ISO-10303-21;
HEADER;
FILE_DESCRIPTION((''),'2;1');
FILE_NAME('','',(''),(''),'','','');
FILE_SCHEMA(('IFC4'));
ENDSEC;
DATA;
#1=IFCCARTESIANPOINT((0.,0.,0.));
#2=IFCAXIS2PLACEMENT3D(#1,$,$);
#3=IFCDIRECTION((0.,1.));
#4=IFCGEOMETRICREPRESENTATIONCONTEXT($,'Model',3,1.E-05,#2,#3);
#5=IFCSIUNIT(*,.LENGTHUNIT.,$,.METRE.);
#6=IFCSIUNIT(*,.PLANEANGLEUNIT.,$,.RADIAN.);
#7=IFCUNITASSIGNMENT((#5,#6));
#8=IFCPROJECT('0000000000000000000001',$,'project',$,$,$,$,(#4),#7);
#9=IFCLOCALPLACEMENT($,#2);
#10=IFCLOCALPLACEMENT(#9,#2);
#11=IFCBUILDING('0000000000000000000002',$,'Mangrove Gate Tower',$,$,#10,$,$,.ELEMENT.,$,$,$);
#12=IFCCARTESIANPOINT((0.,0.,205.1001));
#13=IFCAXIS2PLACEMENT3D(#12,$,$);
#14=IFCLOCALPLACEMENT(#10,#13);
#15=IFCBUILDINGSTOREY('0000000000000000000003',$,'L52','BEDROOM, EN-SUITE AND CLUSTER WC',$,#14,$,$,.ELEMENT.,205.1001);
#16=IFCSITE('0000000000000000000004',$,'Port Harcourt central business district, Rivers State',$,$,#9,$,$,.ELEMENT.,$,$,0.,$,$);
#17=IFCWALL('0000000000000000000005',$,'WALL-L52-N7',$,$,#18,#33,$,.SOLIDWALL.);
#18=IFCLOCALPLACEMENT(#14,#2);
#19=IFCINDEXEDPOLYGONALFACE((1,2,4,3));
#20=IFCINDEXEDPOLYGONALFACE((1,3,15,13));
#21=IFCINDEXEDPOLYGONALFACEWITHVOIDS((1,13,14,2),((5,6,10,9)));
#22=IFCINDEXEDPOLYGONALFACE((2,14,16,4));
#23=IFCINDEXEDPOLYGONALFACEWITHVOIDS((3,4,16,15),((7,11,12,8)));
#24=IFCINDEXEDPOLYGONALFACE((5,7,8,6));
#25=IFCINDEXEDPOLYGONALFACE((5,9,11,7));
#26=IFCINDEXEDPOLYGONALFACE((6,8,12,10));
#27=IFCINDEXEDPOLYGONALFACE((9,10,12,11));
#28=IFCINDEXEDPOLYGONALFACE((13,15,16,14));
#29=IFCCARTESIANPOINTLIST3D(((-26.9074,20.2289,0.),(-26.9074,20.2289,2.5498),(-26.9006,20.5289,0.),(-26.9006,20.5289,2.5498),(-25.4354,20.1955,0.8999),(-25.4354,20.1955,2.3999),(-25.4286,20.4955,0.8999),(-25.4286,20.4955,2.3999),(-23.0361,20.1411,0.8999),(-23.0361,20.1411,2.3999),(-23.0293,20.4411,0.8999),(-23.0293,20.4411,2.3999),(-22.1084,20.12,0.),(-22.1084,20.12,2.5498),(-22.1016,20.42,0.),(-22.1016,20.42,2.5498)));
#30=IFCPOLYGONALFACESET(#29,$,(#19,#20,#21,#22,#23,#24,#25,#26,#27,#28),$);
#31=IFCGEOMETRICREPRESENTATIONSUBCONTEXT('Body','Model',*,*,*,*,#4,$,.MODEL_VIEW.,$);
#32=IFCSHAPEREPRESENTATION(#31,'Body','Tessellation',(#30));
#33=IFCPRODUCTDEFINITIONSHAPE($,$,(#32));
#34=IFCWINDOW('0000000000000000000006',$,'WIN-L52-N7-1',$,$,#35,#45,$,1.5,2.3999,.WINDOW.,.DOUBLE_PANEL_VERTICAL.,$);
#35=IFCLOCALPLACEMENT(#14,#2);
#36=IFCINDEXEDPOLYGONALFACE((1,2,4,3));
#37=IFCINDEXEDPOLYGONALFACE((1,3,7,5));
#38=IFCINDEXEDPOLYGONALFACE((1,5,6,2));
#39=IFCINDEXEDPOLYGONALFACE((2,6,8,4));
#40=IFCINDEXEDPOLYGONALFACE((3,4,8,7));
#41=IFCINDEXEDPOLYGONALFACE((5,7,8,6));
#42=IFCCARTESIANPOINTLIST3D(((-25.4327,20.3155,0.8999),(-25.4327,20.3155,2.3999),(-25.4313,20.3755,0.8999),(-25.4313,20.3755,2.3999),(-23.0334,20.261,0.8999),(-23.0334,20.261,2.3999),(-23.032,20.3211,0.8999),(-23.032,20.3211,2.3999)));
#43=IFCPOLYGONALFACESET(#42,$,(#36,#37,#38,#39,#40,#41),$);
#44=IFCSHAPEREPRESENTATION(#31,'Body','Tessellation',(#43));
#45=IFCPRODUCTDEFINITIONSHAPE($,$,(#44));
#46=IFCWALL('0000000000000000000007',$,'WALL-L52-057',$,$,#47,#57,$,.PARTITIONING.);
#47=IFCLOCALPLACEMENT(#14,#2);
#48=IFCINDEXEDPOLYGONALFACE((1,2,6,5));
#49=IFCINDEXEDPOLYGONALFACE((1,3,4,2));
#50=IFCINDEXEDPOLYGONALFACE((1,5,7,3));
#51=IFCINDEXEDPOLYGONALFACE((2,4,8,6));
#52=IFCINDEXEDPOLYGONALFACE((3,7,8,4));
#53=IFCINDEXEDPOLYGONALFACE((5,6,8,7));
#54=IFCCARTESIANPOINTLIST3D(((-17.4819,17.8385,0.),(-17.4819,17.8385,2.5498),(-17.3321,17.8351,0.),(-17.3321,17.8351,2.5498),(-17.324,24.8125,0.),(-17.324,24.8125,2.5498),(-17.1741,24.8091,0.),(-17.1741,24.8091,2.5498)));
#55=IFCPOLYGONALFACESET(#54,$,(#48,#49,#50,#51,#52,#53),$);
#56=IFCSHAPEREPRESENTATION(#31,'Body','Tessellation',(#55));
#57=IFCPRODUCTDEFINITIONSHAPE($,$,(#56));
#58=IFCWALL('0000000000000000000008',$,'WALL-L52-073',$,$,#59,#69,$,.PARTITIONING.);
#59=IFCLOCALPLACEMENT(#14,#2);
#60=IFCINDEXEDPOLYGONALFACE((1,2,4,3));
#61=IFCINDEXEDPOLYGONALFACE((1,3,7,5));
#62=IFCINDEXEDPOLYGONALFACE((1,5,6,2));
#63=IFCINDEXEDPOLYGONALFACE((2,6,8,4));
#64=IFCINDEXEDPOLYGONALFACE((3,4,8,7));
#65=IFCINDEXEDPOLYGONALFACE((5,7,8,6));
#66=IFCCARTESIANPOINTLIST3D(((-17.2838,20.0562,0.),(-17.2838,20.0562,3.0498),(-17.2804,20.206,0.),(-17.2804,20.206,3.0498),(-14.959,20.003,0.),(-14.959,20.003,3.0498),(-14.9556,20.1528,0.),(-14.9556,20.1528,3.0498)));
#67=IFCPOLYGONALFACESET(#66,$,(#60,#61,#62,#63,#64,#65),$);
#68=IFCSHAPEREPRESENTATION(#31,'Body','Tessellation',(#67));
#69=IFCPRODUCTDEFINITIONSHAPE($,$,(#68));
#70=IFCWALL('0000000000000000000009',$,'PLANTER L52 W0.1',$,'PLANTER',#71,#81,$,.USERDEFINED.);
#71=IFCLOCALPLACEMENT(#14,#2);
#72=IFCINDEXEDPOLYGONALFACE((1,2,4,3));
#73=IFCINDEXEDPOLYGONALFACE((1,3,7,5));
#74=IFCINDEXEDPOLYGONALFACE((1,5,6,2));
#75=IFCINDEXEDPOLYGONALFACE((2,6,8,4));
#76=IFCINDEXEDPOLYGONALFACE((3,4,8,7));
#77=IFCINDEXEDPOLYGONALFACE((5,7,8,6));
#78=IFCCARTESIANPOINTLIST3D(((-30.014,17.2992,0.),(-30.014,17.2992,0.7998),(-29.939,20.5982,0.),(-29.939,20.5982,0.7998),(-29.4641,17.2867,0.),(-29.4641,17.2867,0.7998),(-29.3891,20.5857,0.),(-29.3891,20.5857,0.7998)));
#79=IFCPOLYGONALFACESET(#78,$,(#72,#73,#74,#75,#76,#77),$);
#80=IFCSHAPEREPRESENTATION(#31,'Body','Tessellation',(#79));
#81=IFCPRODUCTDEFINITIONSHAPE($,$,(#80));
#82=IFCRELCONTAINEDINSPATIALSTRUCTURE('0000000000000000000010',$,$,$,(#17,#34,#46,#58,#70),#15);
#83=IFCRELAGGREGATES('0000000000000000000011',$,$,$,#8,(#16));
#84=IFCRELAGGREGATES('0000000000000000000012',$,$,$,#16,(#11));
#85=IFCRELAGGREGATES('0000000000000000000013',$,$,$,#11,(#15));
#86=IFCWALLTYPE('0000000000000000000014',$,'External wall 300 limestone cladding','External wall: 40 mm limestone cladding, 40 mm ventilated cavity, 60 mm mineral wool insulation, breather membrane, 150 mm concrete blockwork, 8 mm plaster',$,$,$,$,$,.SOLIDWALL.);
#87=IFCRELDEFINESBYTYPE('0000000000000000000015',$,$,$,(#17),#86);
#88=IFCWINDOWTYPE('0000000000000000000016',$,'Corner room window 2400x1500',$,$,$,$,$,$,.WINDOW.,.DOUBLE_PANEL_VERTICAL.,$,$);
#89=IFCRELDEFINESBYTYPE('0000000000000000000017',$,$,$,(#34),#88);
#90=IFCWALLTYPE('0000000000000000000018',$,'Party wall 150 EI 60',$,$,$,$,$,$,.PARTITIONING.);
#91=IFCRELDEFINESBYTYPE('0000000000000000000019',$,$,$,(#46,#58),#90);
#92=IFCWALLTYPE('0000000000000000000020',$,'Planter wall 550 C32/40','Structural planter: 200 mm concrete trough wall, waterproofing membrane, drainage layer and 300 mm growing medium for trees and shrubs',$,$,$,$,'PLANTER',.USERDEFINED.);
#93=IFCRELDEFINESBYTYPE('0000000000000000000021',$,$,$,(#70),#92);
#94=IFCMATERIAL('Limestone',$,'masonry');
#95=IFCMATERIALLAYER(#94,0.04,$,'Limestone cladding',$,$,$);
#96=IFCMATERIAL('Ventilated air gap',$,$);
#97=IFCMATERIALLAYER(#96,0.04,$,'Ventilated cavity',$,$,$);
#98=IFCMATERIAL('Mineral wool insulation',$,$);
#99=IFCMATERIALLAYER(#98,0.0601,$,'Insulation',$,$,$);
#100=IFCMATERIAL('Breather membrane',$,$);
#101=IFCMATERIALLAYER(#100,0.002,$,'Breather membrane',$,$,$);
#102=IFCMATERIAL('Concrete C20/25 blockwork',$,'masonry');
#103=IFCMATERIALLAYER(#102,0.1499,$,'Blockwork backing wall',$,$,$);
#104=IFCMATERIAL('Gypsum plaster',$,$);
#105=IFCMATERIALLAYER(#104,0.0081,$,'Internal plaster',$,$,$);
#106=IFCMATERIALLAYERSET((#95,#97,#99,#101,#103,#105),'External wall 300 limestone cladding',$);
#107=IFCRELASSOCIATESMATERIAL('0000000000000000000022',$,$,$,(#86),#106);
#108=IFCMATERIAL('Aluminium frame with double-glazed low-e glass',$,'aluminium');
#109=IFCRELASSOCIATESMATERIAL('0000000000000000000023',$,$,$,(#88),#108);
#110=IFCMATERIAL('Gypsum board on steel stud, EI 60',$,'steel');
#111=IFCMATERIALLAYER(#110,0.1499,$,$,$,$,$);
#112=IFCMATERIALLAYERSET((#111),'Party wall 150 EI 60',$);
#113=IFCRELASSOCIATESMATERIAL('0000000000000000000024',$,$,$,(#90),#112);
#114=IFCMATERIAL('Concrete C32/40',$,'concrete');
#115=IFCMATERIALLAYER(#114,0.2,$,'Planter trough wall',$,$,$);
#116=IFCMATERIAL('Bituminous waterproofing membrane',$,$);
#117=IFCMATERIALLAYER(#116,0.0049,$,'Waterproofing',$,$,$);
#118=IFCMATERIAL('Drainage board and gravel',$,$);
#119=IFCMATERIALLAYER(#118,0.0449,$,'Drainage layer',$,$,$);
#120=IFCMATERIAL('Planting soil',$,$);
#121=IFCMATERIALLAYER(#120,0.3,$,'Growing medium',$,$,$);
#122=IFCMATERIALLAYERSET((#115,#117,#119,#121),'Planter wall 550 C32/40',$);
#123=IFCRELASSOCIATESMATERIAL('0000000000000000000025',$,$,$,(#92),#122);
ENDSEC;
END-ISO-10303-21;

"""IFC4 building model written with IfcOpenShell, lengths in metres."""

from ifc_helpers import new_model, si_unit, direction, frame, frame_2d, origin, place, context, subcontext, project, spatial, rectangle, extrude, material, layer, layer_set, type_object, element, fill, save


model = new_model("IFC4")

# Units and contexts
model_context = context("Model", 3, precision=1e-05, world=origin(), true_north=direction((0.0, 1.0)))
body_context = subcontext(model_context, "Body", "Model", "MODEL_VIEW")
ifc_project = project(units=[si_unit("LENGTHUNIT", "METRE"), si_unit("PLANEANGLEUNIT", "RADIAN")], contexts=[model_context])

# Site, building, storey
site_placement = place(None, origin())
site = spatial("IfcSite", under=ifc_project, at=site_placement, Name="Port Harcourt central business district, Rivers State", CompositionType="ELEMENT", RefElevation=0.0)
building_placement = place(site_placement, origin())
building = spatial("IfcBuilding", under=site, at=building_placement, Name="Mangrove Gate Tower", CompositionType="ELEMENT")
storey_placement = place(building_placement, frame((0.0, 0.0, 205.1001)))
storey = spatial("IfcBuildingStorey", under=building, at=storey_placement, Name="L52", Description="BEDROOM, EN-SUITE AND CLUSTER WC", CompositionType="ELEMENT", Elevation=205.1001)

# Wall, opening, window
ifc_material_1 = material(Name="Limestone", Category="masonry")
ifc_layer_1 = layer(ifc_material_1, 0.04, Name="Limestone cladding")
ifc_material_2 = material(Name="Ventilated air gap")
ifc_layer_2 = layer(ifc_material_2, 0.04, Name="Ventilated cavity")
ifc_material_3 = material(Name="Mineral wool insulation")
ifc_layer_3 = layer(ifc_material_3, 0.0601, Name="Insulation")
ifc_material_4 = material(Name="Breather membrane")
ifc_layer_4 = layer(ifc_material_4, 0.002, Name="Breather membrane")
ifc_material_5 = material(Name="Concrete C20/25 blockwork", Category="masonry")
ifc_layer_5 = layer(ifc_material_5, 0.1499, Name="Blockwork backing wall")
ifc_material_6 = material(Name="Gypsum plaster")
ifc_layer_6 = layer(ifc_material_6, 0.0081, Name="Internal plaster")
ifc_layer_set_1 = layer_set([ifc_layer_1, ifc_layer_2, ifc_layer_3, ifc_layer_4, ifc_layer_5, ifc_layer_6], Name="External wall 300 limestone cladding")
wall_type_1 = type_object("IfcWallType", Name="External wall 300 limestone cladding", Description="External wall: 40 mm limestone cladding, 40 mm ventilated cavity, 60 mm mineral wool insulation, breather membrane, 150 mm concrete blockwork, 8 mm plaster", PredefinedType="SOLIDWALL", material=ifc_layer_set_1)
ifc_material_7 = material(Name="Aluminium frame with double-glazed low-e glass", Category="aluminium")
window_type = type_object("IfcWindowType", Name="Corner room window 2400x1500", PartitioningType="DOUBLE_PANEL_VERTICAL", PredefinedType="WINDOW", material=ifc_material_7)
wall_1_placement = place(storey_placement, frame((-22.105, 20.27, 0.0), z_axis=(0.0, 0.0, 1.0), x_axis=(-0.999743, 0.022683, 0.0)))
wall_1 = element("IfcWall", 1, at=wall_1_placement, inside=storey, type_object=wall_type_1, Name="WALL-L52-N7", PredefinedType="SOLIDWALL", context=body_context, shape_type="SweptSolid", body=[
    extrude(rectangle(XDim=4.8003, YDim=0.3, at=frame_2d((2.4001, 0.0))), origin(), (0.0, 0.0, 1.0), 2.5498),
])
opening_1_placement = place(wall_1_placement, frame((0.928, 0.0, 0.8999)))
opening_1 = element("IfcOpeningElement", 2, at=opening_1_placement, cuts=wall_1, PredefinedType="OPENING", context=body_context, shape_type="SweptSolid", body=[
    extrude(rectangle(XDim=2.3999, YDim=1.5, at=frame_2d((1.2, 0.75))), frame((0.0, 0.1599, 0.0), z_axis=(0.0, -1.0, 0.0), x_axis=(1.0, 0.0, 0.0)), (0.0, 0.0, 1.0), 0.3201),
])
window_1_placement = place(opening_1_placement, origin())
window_1 = element("IfcWindow", 3, at=window_1_placement, inside=storey, type_object=window_type, Name="WIN-L52-N7-1", OverallHeight=1.5, OverallWidth=2.3999, PartitioningType="DOUBLE_PANEL_VERTICAL", PredefinedType="WINDOW", context=body_context, shape_type="SweptSolid", body=[
    extrude(rectangle(XDim=2.3999, YDim=1.5, at=frame_2d((1.2, 0.75))), frame((0.0, 0.03, 0.0), z_axis=(0.0, -1.0, 0.0), x_axis=(1.0, 0.0, 0.0)), (0.0, 0.0, 1.0), 0.0601),
])
fill(opening_1, window_1)

# Walls
ifc_material_8 = material(Name="Gypsum board on steel stud, EI 60", Category="steel")
ifc_layer_7 = layer(ifc_material_8, 0.1499)
ifc_layer_set_2 = layer_set([ifc_layer_7], Name="Party wall 150 EI 60")
wall_type_2 = type_object("IfcWallType", Name="Party wall 150 EI 60", PredefinedType="PARTITIONING", material=ifc_layer_set_2)
wall_2_placement = place(storey_placement, frame((-17.407, 17.8369, 0.0), z_axis=(0.0, 0.0, 1.0), x_axis=(0.022643, 0.999744, 0.0)))
element("IfcWall", 4, at=wall_2_placement, inside=storey, type_object=wall_type_2, Name="WALL-L52-057", PredefinedType="PARTITIONING", context=body_context, shape_type="SweptSolid", body=[
    extrude(rectangle(XDim=6.9758, YDim=0.1499, at=frame_2d((3.4878, 0.0))), origin(), (0.0, 0.0, 1.0), 2.5498),
])
wall_3_placement = place(storey_placement, frame((-17.282, 20.1311, 0.0), z_axis=(0.0, 0.0, 1.0), x_axis=(0.999738, -0.022886, 0.0)))
element("IfcWall", 5, at=wall_3_placement, inside=storey, type_object=wall_type_2, Name="WALL-L52-073", PredefinedType="PARTITIONING", context=body_context, shape_type="SweptSolid", body=[
    extrude(rectangle(XDim=2.3254, YDim=0.1499, at=frame_2d((1.1626, 0.0))), origin(), (0.0, 0.0, 1.0), 3.0498),
])
ifc_material_9 = material(Name="Concrete C32/40", Category="concrete")
ifc_layer_8 = layer(ifc_material_9, 0.2, Name="Planter trough wall")
ifc_material_10 = material(Name="Bituminous waterproofing membrane")
ifc_layer_9 = layer(ifc_material_10, 0.0049, Name="Waterproofing")
ifc_material_11 = material(Name="Drainage board and gravel")
ifc_layer_10 = layer(ifc_material_11, 0.0449, Name="Drainage layer")
ifc_material_12 = material(Name="Planting soil")
ifc_layer_11 = layer(ifc_material_12, 0.3, Name="Growing medium")
ifc_layer_set_3 = layer_set([ifc_layer_8, ifc_layer_9, ifc_layer_10, ifc_layer_11], Name="Planter wall 550 C32/40")
wall_type_3 = type_object("IfcWallType", Name="Planter wall 550 C32/40", Description="Structural planter: 200 mm concrete trough wall, waterproofing membrane, drainage layer and 300 mm growing medium for trees and shrubs", ElementType="PLANTER", PredefinedType="USERDEFINED", material=ifc_layer_set_3)
wall_4_placement = place(storey_placement, frame((-29.739, 17.293, 0.0), z_axis=(0.0, 0.0, 1.0), x_axis=(0.022713, 0.999742, 0.0)))
element("IfcWall", 6, at=wall_4_placement, inside=storey, type_object=wall_type_3, Name="PLANTER L52 W0.1", ObjectType="PLANTER", PredefinedType="USERDEFINED", context=body_context, shape_type="SweptSolid", body=[
    extrude(rectangle(XDim=3.2998, YDim=0.55, at=frame_2d((1.6499, 0.0))), origin(), (0.0, 0.0, 1.0), 0.7998),
])

save(model, "model.ifc")
